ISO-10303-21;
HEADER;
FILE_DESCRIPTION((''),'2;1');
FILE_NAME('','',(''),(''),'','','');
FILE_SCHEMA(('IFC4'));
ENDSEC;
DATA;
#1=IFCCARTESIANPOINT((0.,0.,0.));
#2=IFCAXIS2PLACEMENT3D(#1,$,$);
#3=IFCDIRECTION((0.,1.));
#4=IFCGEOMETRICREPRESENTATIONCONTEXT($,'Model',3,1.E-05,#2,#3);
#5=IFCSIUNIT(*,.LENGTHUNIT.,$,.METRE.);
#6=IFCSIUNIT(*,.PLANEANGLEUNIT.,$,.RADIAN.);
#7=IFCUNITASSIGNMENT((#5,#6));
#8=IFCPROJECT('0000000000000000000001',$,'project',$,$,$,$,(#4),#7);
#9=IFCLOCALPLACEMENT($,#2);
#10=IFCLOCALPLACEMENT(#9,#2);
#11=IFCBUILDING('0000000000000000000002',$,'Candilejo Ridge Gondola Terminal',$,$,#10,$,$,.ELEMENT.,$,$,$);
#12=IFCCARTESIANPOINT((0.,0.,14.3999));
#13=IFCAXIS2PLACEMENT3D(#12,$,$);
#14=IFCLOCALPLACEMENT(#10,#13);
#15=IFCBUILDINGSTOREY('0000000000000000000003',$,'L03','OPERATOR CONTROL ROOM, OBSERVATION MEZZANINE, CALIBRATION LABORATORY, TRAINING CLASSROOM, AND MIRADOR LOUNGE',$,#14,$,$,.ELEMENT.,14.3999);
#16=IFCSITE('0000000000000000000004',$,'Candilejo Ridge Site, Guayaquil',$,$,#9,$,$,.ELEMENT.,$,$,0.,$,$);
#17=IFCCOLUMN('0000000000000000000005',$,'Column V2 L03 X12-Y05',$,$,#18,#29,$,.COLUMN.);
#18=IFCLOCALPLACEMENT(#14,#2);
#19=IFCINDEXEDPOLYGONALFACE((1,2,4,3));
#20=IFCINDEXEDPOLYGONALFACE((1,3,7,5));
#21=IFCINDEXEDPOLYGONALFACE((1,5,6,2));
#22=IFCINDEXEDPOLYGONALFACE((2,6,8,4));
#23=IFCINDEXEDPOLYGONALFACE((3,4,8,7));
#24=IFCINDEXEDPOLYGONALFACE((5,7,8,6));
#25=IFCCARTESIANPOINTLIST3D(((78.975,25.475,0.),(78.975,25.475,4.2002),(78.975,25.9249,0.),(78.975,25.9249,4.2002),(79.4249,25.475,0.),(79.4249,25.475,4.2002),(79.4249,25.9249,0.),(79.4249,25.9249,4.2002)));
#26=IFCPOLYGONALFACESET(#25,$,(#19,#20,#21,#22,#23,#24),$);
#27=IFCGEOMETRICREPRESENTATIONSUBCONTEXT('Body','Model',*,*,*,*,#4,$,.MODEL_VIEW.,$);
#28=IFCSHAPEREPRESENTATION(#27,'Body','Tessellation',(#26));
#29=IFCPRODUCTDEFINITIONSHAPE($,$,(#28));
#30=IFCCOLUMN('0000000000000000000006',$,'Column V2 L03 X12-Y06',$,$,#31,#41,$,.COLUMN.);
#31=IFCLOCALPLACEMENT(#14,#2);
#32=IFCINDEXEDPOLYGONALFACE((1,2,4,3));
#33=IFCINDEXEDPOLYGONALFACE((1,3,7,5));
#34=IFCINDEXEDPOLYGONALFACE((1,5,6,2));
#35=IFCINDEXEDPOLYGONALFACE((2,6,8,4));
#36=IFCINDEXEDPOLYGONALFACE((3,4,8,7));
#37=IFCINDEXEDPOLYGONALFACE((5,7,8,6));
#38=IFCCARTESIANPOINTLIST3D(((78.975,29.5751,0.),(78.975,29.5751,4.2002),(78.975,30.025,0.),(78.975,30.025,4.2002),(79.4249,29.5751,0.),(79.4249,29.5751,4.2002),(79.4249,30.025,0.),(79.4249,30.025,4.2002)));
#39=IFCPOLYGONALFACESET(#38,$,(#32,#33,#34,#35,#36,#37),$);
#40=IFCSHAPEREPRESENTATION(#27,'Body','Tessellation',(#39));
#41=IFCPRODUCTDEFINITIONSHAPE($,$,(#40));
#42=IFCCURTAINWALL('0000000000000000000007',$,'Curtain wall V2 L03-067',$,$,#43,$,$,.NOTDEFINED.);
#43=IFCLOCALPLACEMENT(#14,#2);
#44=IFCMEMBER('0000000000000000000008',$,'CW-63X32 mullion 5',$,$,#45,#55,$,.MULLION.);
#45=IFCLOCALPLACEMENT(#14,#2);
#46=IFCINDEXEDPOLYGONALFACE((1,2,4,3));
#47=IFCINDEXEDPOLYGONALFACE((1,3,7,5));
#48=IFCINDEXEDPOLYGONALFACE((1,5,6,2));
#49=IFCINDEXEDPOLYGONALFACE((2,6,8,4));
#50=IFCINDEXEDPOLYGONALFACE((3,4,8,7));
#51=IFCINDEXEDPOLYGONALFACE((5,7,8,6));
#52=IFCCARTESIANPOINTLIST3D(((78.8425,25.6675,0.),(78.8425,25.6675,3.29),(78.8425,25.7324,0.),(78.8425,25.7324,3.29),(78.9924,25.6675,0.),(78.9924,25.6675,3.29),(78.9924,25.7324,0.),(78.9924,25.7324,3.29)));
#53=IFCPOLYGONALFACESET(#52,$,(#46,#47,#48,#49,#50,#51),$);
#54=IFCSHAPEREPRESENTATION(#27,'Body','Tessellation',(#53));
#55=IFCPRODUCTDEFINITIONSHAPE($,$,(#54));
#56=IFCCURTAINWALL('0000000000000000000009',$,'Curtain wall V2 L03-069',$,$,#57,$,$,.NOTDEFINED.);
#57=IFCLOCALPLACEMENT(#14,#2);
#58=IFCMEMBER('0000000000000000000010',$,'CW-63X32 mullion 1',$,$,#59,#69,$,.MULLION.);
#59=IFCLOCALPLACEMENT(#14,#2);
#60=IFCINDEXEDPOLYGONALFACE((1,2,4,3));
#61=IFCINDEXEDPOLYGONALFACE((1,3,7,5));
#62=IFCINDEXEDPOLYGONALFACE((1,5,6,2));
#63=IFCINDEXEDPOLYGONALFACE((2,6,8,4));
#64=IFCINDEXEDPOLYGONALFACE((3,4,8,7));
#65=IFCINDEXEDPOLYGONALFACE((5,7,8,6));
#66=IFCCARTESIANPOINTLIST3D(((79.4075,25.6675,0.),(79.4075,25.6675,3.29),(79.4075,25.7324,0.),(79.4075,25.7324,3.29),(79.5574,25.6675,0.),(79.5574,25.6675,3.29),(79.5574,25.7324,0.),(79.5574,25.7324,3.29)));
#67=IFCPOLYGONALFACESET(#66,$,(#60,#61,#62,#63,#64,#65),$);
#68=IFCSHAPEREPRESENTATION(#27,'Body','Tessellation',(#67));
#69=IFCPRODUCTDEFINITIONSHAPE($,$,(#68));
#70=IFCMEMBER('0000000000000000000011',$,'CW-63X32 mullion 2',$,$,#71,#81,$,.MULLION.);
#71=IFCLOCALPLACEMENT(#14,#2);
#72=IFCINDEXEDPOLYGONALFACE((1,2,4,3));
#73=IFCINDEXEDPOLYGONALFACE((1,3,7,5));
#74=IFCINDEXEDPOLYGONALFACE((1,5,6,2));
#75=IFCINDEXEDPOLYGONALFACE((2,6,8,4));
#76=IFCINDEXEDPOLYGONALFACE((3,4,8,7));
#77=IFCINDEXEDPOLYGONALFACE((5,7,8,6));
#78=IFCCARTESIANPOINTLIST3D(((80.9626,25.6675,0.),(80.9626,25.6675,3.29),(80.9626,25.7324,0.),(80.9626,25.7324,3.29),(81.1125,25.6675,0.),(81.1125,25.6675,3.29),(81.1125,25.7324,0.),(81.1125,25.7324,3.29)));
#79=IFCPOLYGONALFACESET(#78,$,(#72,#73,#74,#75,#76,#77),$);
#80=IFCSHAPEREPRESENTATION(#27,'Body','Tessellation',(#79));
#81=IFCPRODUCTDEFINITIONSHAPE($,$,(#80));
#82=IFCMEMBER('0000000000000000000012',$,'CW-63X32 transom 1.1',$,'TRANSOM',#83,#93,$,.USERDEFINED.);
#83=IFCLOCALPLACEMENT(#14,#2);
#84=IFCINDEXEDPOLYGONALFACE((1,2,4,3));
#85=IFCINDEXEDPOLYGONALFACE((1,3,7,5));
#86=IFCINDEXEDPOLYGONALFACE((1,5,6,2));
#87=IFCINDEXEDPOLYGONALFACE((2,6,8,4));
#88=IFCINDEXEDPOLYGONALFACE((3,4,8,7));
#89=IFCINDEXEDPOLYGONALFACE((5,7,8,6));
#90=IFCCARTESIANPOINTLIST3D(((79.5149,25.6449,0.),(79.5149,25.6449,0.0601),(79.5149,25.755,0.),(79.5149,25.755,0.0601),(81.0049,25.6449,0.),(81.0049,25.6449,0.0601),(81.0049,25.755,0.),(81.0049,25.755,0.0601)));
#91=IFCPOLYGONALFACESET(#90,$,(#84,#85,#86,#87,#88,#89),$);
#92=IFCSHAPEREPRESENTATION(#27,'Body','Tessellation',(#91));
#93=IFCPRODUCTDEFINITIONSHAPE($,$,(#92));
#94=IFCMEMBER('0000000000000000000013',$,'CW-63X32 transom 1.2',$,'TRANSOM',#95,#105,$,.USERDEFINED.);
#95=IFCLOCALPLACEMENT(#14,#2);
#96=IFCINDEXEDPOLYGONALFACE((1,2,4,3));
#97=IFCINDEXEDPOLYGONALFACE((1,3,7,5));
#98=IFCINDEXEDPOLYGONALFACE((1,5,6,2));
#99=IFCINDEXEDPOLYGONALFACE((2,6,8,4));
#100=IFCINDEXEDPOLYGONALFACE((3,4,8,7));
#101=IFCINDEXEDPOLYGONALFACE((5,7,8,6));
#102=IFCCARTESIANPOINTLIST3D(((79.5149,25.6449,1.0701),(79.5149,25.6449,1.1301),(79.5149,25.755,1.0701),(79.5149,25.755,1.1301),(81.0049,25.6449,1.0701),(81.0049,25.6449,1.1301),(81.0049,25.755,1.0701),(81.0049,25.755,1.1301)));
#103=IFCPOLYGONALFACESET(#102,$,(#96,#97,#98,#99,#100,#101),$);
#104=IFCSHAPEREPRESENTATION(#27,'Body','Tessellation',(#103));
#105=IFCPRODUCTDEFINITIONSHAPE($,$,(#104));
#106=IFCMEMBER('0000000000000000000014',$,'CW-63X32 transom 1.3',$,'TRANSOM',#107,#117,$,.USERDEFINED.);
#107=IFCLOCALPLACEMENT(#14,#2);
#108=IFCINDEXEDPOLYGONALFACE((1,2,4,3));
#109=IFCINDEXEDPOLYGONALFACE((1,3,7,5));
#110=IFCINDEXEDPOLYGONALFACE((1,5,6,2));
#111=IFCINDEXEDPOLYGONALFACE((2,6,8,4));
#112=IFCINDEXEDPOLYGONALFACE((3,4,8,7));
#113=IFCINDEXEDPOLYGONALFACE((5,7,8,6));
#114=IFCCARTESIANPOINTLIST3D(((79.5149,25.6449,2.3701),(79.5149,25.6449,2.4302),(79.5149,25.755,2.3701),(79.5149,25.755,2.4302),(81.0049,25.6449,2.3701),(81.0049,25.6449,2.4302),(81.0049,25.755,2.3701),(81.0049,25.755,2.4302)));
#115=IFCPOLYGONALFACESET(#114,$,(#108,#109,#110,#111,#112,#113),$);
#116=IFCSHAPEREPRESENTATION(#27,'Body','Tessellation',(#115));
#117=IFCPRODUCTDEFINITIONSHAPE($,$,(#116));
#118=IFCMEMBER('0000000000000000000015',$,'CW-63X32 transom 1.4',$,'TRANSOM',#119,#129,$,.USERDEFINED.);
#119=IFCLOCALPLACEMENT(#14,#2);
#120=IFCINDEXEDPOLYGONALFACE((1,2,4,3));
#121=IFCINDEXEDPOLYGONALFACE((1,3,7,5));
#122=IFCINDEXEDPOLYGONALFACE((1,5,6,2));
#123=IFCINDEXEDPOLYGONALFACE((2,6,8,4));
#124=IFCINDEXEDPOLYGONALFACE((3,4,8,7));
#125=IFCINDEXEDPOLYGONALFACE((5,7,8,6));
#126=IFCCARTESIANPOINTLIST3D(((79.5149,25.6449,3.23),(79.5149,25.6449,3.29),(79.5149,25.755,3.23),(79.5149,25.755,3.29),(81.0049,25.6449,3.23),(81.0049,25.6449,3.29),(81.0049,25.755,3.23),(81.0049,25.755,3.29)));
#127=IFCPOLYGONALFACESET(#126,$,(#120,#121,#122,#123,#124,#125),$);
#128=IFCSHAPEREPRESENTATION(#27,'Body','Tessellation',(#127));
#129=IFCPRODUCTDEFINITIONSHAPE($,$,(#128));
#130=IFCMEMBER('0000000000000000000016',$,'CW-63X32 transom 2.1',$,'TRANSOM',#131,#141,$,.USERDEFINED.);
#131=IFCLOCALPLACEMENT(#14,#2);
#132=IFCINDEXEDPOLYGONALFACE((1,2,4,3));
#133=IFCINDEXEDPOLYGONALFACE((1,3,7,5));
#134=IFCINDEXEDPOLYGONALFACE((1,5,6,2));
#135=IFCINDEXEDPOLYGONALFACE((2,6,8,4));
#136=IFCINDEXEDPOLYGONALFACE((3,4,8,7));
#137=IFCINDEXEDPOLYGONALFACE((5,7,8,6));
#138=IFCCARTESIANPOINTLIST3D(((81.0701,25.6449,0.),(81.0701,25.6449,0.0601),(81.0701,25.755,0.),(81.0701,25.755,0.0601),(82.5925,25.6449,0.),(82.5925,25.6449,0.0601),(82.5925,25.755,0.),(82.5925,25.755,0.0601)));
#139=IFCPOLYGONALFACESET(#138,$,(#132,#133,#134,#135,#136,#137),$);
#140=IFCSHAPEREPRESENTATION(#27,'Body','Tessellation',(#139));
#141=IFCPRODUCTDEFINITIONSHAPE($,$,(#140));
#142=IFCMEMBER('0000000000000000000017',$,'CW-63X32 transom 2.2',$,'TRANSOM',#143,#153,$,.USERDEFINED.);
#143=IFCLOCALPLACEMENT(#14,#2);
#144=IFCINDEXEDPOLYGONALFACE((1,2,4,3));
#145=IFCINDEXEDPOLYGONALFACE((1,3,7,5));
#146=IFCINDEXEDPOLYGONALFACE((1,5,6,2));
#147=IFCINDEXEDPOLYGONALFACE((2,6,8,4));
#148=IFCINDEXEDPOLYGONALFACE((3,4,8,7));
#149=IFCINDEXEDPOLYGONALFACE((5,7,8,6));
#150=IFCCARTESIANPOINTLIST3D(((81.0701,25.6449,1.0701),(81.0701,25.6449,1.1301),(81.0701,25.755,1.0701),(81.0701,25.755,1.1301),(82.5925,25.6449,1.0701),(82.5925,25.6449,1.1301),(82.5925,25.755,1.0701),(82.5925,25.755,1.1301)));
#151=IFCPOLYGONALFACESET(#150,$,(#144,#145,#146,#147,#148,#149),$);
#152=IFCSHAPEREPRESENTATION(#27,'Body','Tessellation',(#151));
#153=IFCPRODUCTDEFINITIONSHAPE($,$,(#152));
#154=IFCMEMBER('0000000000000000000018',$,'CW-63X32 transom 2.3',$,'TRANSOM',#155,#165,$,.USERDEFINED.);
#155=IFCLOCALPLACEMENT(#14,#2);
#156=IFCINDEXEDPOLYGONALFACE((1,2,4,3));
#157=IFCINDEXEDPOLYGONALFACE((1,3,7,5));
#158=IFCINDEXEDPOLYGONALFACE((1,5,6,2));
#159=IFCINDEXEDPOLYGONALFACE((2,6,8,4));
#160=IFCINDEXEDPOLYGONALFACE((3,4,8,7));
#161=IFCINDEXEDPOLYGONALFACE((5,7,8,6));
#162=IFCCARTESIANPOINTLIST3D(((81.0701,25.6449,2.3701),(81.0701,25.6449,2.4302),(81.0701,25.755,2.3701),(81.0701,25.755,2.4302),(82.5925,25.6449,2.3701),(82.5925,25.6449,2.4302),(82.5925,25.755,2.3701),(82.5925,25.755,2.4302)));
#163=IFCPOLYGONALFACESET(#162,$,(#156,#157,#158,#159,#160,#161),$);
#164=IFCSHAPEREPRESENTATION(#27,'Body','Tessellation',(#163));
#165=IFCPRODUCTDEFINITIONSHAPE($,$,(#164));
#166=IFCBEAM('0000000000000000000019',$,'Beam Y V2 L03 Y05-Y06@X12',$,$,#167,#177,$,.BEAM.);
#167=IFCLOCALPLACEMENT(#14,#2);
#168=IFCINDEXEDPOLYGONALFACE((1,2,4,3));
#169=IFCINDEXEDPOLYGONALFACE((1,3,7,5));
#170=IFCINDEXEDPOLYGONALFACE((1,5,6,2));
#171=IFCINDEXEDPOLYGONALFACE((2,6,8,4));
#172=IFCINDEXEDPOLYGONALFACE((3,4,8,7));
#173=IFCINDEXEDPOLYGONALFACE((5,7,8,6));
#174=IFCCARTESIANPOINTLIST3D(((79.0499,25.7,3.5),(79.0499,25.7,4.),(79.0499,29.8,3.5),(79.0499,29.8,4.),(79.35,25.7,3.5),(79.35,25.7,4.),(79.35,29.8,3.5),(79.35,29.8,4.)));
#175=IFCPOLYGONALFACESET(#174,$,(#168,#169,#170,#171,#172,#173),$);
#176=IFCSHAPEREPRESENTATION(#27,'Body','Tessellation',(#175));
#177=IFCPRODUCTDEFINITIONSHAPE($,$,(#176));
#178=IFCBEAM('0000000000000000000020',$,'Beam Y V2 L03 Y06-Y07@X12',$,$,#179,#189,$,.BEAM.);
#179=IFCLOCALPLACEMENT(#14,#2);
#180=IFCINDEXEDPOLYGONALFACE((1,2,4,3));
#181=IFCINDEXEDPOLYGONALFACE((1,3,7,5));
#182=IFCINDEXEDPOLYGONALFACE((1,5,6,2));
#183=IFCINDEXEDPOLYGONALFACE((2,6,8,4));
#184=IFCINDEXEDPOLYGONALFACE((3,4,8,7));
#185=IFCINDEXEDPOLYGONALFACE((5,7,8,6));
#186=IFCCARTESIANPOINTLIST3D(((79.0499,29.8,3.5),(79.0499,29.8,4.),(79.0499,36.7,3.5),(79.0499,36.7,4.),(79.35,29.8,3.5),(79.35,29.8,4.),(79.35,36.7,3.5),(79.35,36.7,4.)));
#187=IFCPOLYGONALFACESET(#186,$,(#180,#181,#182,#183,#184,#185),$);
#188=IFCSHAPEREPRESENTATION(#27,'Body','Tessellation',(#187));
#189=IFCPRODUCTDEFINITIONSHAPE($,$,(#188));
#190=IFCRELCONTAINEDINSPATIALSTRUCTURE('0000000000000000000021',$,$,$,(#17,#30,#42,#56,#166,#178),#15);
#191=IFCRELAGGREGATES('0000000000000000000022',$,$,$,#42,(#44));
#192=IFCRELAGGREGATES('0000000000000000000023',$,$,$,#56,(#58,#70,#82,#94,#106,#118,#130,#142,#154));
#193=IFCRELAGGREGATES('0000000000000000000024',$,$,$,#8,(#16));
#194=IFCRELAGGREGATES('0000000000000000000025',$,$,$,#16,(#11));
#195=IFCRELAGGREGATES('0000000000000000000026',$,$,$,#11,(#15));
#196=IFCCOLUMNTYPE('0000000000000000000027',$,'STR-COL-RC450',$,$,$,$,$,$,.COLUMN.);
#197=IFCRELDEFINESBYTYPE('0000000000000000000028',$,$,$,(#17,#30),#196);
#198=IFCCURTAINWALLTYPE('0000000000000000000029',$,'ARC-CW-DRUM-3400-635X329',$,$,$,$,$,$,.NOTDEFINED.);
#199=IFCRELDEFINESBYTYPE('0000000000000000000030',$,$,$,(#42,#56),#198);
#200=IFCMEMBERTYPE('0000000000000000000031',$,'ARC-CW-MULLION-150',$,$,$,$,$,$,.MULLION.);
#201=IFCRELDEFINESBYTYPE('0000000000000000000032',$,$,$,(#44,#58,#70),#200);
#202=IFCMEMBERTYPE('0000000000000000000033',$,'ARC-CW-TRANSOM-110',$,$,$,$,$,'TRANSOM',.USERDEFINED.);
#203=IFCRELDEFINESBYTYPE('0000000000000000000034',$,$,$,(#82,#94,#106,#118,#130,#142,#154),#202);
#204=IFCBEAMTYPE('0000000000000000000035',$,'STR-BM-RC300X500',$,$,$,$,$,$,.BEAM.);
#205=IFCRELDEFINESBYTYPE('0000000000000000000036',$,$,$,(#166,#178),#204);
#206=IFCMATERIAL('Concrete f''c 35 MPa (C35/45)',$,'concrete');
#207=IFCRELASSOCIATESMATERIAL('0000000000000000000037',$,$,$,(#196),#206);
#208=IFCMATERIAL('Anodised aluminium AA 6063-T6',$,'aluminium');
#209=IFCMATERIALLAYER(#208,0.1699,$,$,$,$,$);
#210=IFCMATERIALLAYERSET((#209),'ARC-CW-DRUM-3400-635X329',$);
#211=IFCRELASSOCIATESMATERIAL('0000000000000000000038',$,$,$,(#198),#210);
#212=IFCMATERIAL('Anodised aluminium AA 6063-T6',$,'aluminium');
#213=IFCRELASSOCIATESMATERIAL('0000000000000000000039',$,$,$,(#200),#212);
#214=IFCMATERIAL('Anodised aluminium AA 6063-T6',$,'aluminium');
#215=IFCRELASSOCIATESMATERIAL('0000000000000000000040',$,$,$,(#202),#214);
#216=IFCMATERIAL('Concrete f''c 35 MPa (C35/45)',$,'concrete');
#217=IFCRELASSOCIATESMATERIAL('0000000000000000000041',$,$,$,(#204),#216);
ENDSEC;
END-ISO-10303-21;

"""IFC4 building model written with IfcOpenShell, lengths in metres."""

from ifc_helpers import new_model, si_unit, direction, frame, origin, origin_2d, place, context, subcontext, project, spatial, rectangle, extrude, material, layer, layer_set, material_profile, profile_set, type_object, element, aggregate, save


model = new_model("IFC4")

# Units and contexts
model_context = context("Model", 3, precision=1e-05, world=origin(), true_north=direction((0.0, 1.0)))
body_context = subcontext(model_context, "Body", "Model", "MODEL_VIEW")
ifc_project = project(units=[si_unit("LENGTHUNIT", "METRE"), si_unit("PLANEANGLEUNIT", "RADIAN")], contexts=[model_context])

# Site, building, storey
site_placement = place(None, origin())
site = spatial("IfcSite", under=ifc_project, at=site_placement, Name="Candilejo Ridge Site, Guayaquil", CompositionType="ELEMENT", RefElevation=0.0)
building_placement = place(site_placement, origin())
building = spatial("IfcBuilding", under=site, at=building_placement, Name="Candilejo Ridge Gondola Terminal", CompositionType="ELEMENT")
storey_placement = place(building_placement, frame((0.0, 0.0, 14.3999)))
storey = spatial("IfcBuildingStorey", under=building, at=storey_placement, Name="L03", Description="OPERATOR CONTROL ROOM, OBSERVATION MEZZANINE, CALIBRATION LABORATORY, TRAINING CLASSROOM, AND MIRADOR LOUNGE", CompositionType="ELEMENT", Elevation=14.3999)

# Columns
ifc_material_1 = material(Name="Concrete f'c 35 MPa (C35/45)", Category="concrete")
ifc_material_profile_1 = material_profile(ifc_material_1, rectangle(XDim=0.45, YDim=0.45, at=origin_2d()))
ifc_profile_set_1 = profile_set([ifc_material_profile_1], Name="Concrete f'c 35 MPa (C35/45)")
column_type = type_object("IfcColumnType", Name="STR-COL-RC450", PredefinedType="COLUMN", material=ifc_profile_set_1)
for number, where, z_axis, x_axis, name in (
    (1, (79.2, 25.7, 0.0), (0.0, 0.0, 1.0), (1.0, 0.0, 0.0), "Column V2 L03 X12-Y05"),
    (2, (79.2, 29.8, 0.0), (0.0, 0.0, 1.0), (1.0, 0.0, 0.0), "Column V2 L03 X12-Y06"),
):
    element("IfcColumn", number, at=place(storey_placement, frame(where, z_axis=z_axis, x_axis=x_axis)), inside=storey, type_object=column_type, Name=name, PredefinedType="COLUMN", context=body_context, shape_type="SweptSolid", body=[
        extrude(rectangle(XDim=0.45, YDim=0.45, at=origin_2d()), origin(), (0.0, 0.0, 1.0), 4.2002),
    ])

# Curtain wall, member
ifc_material_2 = material(Name="Anodised aluminium AA 6063-T6", Category="aluminium")
ifc_layer_1 = layer(ifc_material_2, 0.1699)
ifc_layer_set_1 = layer_set([ifc_layer_1], Name="ARC-CW-DRUM-3400-635X329")
curtain_wall_type = type_object("IfcCurtainWallType", Name="ARC-CW-DRUM-3400-635X329", PredefinedType="NOTDEFINED", material=ifc_layer_set_1)
curtain_wall_1_placement = place(storey_placement, origin())
curtain_wall_1 = element("IfcCurtainWall", 3, at=curtain_wall_1_placement, inside=storey, type_object=curtain_wall_type, Name="Curtain wall V2 L03-067", PredefinedType="NOTDEFINED")
ifc_material_3 = material(Name="Anodised aluminium AA 6063-T6", Category="aluminium")
ifc_material_profile_2 = material_profile(ifc_material_3, rectangle(XDim=0.0649, YDim=0.1499, at=origin_2d()))
ifc_profile_set_2 = profile_set([ifc_material_profile_2], Name="Anodised aluminium AA 6063-T6")
member_type_1 = type_object("IfcMemberType", Name="ARC-CW-MULLION-150", PredefinedType="MULLION", material=ifc_profile_set_2)
member_1_placement = place(storey_placement, frame((78.9175, 25.7, 0.0), z_axis=(0.0, 0.0, 1.0), x_axis=(0.0, 1.0, 0.0)))
member_1 = element("IfcMember", 4, at=member_1_placement, type_object=member_type_1, Name="CW-63X32 mullion 5", PredefinedType="MULLION", context=body_context, shape_type="SweptSolid", body=[
    extrude(rectangle(XDim=0.0649, YDim=0.1499, at=origin_2d()), origin(), (0.0, 0.0, 1.0), 3.29),
])

# Curtain wall, members
curtain_wall_2_placement = place(storey_placement, origin())
curtain_wall_2 = element("IfcCurtainWall", 5, at=curtain_wall_2_placement, inside=storey, type_object=curtain_wall_type, Name="Curtain wall V2 L03-069", PredefinedType="NOTDEFINED")
member_2_placement = place(storey_placement, frame((79.4824, 25.7, 0.0), z_axis=(0.0, 0.0, 1.0), x_axis=(0.0, 1.0, 0.0)))
member_2 = element("IfcMember", 6, at=member_2_placement, type_object=member_type_1, Name="CW-63X32 mullion 1", PredefinedType="MULLION", context=body_context, shape_type="SweptSolid", body=[
    extrude(rectangle(XDim=0.0649, YDim=0.1499, at=origin_2d()), origin(), (0.0, 0.0, 1.0), 3.29),
])
member_3_placement = place(storey_placement, frame((81.0376, 25.7, 0.0), z_axis=(0.0, 0.0, 1.0), x_axis=(0.0, 1.0, 0.0)))
member_3 = element("IfcMember", 7, at=member_3_placement, type_object=member_type_1, Name="CW-63X32 mullion 2", PredefinedType="MULLION", context=body_context, shape_type="SweptSolid", body=[
    extrude(rectangle(XDim=0.0649, YDim=0.1499, at=origin_2d()), origin(), (0.0, 0.0, 1.0), 3.29),
])
ifc_material_4 = material(Name="Anodised aluminium AA 6063-T6", Category="aluminium")
ifc_material_profile_3 = material_profile(ifc_material_4, rectangle(XDim=0.1101, YDim=0.0601, at=origin_2d()))
ifc_profile_set_3 = profile_set([ifc_material_profile_3], Name="Anodised aluminium AA 6063-T6")
member_type_2 = type_object("IfcMemberType", Name="ARC-CW-TRANSOM-110", ElementType="TRANSOM", PredefinedType="USERDEFINED", material=ifc_profile_set_3)
member_4_placement = place(storey_placement, frame((79.5149, 25.7, 0.03), z_axis=(1.0, 0.0, 0.0), x_axis=(0.0, 1.0, 0.0)))
member_4 = element("IfcMember", 8, at=member_4_placement, type_object=member_type_2, Name="CW-63X32 transom 1.1", ObjectType="TRANSOM", PredefinedType="USERDEFINED", context=body_context, shape_type="SweptSolid", body=[
    extrude(rectangle(XDim=0.1101, YDim=0.0601, at=origin_2d()), origin(), (0.0, 0.0, 1.0), 1.49),
])
member_5_placement = place(storey_placement, frame((79.5149, 25.7, 1.1001), z_axis=(1.0, 0.0, 0.0), x_axis=(0.0, 1.0, 0.0)))
member_5 = element("IfcMember", 9, at=member_5_placement, type_object=member_type_2, Name="CW-63X32 transom 1.2", ObjectType="TRANSOM", PredefinedType="USERDEFINED", context=body_context, shape_type="SweptSolid", body=[
    extrude(rectangle(XDim=0.1101, YDim=0.0601, at=origin_2d()), origin(), (0.0, 0.0, 1.0), 1.49),
])
member_6_placement = place(storey_placement, frame((79.5149, 25.7, 2.4001), z_axis=(1.0, 0.0, 0.0), x_axis=(0.0, 1.0, 0.0)))
member_6 = element("IfcMember", 10, at=member_6_placement, type_object=member_type_2, Name="CW-63X32 transom 1.3", ObjectType="TRANSOM", PredefinedType="USERDEFINED", context=body_context, shape_type="SweptSolid", body=[
    extrude(rectangle(XDim=0.1101, YDim=0.0601, at=origin_2d()), origin(), (0.0, 0.0, 1.0), 1.49),
])
member_7_placement = place(storey_placement, frame((79.5149, 25.7, 3.26), z_axis=(1.0, 0.0, 0.0), x_axis=(0.0, 1.0, 0.0)))
member_7 = element("IfcMember", 11, at=member_7_placement, type_object=member_type_2, Name="CW-63X32 transom 1.4", ObjectType="TRANSOM", PredefinedType="USERDEFINED", context=body_context, shape_type="SweptSolid", body=[
    extrude(rectangle(XDim=0.1101, YDim=0.0601, at=origin_2d()), origin(), (0.0, 0.0, 1.0), 1.49),
])
member_8_placement = place(storey_placement, frame((81.0701, 25.7, 0.03), z_axis=(1.0, 0.0, 0.0), x_axis=(0.0, 1.0, 0.0)))
member_8 = element("IfcMember", 12, at=member_8_placement, type_object=member_type_2, Name="CW-63X32 transom 2.1", ObjectType="TRANSOM", PredefinedType="USERDEFINED", context=body_context, shape_type="SweptSolid", body=[
    extrude(rectangle(XDim=0.1101, YDim=0.0601, at=origin_2d()), origin(), (0.0, 0.0, 1.0), 1.5225),
])
member_9_placement = place(storey_placement, frame((81.0701, 25.7, 1.1001), z_axis=(1.0, 0.0, 0.0), x_axis=(0.0, 1.0, 0.0)))
member_9 = element("IfcMember", 13, at=member_9_placement, type_object=member_type_2, Name="CW-63X32 transom 2.2", ObjectType="TRANSOM", PredefinedType="USERDEFINED", context=body_context, shape_type="SweptSolid", body=[
    extrude(rectangle(XDim=0.1101, YDim=0.0601, at=origin_2d()), origin(), (0.0, 0.0, 1.0), 1.5225),
])
member_10_placement = place(storey_placement, frame((81.0701, 25.7, 2.4001), z_axis=(1.0, 0.0, 0.0), x_axis=(0.0, 1.0, 0.0)))
member_10 = element("IfcMember", 14, at=member_10_placement, type_object=member_type_2, Name="CW-63X32 transom 2.3", ObjectType="TRANSOM", PredefinedType="USERDEFINED", context=body_context, shape_type="SweptSolid", body=[
    extrude(rectangle(XDim=0.1101, YDim=0.0601, at=origin_2d()), origin(), (0.0, 0.0, 1.0), 1.5225),
])

# Beams
ifc_material_5 = material(Name="Concrete f'c 35 MPa (C35/45)", Category="concrete")
ifc_material_profile_4 = material_profile(ifc_material_5, rectangle(XDim=0.3, YDim=0.5, at=origin_2d()))
ifc_profile_set_4 = profile_set([ifc_material_profile_4], Name="Concrete f'c 35 MPa (C35/45)")
beam_type_1 = type_object("IfcBeamType", Name="STR-BM-RC300X500", PredefinedType="BEAM", material=ifc_profile_set_4)
beam_1_placement = place(storey_placement, frame((79.2, 25.7, 3.75), z_axis=(0.0, 1.0, 0.0), x_axis=(-1.0, 0.0, 0.0)))
element("IfcBeam", 15, at=beam_1_placement, inside=storey, type_object=beam_type_1, Name="Beam Y V2 L03 Y05-Y06@X12", PredefinedType="BEAM", context=body_context, shape_type="SweptSolid", body=[
    extrude(rectangle(XDim=0.3, YDim=0.5, at=origin_2d()), origin(), (0.0, 0.0, 1.0), 4.1001),
])
beam_2_placement = place(storey_placement, frame((79.2, 29.8, 3.75), z_axis=(0.0, 1.0, 0.0), x_axis=(-1.0, 0.0, 0.0)))
element("IfcBeam", 16, at=beam_2_placement, inside=storey, type_object=beam_type_1, Name="Beam Y V2 L03 Y06-Y07@X12", PredefinedType="BEAM", context=body_context, shape_type="SweptSolid", body=[
    extrude(rectangle(XDim=0.3, YDim=0.5, at=origin_2d()), origin(), (0.0, 0.0, 1.0), 6.8999),
])

aggregate(curtain_wall_1, [member_1])
aggregate(curtain_wall_2, [member_2, member_3, member_4, member_5, member_6, member_7, member_8, member_9, member_10])

save(model, "model.ifc")
